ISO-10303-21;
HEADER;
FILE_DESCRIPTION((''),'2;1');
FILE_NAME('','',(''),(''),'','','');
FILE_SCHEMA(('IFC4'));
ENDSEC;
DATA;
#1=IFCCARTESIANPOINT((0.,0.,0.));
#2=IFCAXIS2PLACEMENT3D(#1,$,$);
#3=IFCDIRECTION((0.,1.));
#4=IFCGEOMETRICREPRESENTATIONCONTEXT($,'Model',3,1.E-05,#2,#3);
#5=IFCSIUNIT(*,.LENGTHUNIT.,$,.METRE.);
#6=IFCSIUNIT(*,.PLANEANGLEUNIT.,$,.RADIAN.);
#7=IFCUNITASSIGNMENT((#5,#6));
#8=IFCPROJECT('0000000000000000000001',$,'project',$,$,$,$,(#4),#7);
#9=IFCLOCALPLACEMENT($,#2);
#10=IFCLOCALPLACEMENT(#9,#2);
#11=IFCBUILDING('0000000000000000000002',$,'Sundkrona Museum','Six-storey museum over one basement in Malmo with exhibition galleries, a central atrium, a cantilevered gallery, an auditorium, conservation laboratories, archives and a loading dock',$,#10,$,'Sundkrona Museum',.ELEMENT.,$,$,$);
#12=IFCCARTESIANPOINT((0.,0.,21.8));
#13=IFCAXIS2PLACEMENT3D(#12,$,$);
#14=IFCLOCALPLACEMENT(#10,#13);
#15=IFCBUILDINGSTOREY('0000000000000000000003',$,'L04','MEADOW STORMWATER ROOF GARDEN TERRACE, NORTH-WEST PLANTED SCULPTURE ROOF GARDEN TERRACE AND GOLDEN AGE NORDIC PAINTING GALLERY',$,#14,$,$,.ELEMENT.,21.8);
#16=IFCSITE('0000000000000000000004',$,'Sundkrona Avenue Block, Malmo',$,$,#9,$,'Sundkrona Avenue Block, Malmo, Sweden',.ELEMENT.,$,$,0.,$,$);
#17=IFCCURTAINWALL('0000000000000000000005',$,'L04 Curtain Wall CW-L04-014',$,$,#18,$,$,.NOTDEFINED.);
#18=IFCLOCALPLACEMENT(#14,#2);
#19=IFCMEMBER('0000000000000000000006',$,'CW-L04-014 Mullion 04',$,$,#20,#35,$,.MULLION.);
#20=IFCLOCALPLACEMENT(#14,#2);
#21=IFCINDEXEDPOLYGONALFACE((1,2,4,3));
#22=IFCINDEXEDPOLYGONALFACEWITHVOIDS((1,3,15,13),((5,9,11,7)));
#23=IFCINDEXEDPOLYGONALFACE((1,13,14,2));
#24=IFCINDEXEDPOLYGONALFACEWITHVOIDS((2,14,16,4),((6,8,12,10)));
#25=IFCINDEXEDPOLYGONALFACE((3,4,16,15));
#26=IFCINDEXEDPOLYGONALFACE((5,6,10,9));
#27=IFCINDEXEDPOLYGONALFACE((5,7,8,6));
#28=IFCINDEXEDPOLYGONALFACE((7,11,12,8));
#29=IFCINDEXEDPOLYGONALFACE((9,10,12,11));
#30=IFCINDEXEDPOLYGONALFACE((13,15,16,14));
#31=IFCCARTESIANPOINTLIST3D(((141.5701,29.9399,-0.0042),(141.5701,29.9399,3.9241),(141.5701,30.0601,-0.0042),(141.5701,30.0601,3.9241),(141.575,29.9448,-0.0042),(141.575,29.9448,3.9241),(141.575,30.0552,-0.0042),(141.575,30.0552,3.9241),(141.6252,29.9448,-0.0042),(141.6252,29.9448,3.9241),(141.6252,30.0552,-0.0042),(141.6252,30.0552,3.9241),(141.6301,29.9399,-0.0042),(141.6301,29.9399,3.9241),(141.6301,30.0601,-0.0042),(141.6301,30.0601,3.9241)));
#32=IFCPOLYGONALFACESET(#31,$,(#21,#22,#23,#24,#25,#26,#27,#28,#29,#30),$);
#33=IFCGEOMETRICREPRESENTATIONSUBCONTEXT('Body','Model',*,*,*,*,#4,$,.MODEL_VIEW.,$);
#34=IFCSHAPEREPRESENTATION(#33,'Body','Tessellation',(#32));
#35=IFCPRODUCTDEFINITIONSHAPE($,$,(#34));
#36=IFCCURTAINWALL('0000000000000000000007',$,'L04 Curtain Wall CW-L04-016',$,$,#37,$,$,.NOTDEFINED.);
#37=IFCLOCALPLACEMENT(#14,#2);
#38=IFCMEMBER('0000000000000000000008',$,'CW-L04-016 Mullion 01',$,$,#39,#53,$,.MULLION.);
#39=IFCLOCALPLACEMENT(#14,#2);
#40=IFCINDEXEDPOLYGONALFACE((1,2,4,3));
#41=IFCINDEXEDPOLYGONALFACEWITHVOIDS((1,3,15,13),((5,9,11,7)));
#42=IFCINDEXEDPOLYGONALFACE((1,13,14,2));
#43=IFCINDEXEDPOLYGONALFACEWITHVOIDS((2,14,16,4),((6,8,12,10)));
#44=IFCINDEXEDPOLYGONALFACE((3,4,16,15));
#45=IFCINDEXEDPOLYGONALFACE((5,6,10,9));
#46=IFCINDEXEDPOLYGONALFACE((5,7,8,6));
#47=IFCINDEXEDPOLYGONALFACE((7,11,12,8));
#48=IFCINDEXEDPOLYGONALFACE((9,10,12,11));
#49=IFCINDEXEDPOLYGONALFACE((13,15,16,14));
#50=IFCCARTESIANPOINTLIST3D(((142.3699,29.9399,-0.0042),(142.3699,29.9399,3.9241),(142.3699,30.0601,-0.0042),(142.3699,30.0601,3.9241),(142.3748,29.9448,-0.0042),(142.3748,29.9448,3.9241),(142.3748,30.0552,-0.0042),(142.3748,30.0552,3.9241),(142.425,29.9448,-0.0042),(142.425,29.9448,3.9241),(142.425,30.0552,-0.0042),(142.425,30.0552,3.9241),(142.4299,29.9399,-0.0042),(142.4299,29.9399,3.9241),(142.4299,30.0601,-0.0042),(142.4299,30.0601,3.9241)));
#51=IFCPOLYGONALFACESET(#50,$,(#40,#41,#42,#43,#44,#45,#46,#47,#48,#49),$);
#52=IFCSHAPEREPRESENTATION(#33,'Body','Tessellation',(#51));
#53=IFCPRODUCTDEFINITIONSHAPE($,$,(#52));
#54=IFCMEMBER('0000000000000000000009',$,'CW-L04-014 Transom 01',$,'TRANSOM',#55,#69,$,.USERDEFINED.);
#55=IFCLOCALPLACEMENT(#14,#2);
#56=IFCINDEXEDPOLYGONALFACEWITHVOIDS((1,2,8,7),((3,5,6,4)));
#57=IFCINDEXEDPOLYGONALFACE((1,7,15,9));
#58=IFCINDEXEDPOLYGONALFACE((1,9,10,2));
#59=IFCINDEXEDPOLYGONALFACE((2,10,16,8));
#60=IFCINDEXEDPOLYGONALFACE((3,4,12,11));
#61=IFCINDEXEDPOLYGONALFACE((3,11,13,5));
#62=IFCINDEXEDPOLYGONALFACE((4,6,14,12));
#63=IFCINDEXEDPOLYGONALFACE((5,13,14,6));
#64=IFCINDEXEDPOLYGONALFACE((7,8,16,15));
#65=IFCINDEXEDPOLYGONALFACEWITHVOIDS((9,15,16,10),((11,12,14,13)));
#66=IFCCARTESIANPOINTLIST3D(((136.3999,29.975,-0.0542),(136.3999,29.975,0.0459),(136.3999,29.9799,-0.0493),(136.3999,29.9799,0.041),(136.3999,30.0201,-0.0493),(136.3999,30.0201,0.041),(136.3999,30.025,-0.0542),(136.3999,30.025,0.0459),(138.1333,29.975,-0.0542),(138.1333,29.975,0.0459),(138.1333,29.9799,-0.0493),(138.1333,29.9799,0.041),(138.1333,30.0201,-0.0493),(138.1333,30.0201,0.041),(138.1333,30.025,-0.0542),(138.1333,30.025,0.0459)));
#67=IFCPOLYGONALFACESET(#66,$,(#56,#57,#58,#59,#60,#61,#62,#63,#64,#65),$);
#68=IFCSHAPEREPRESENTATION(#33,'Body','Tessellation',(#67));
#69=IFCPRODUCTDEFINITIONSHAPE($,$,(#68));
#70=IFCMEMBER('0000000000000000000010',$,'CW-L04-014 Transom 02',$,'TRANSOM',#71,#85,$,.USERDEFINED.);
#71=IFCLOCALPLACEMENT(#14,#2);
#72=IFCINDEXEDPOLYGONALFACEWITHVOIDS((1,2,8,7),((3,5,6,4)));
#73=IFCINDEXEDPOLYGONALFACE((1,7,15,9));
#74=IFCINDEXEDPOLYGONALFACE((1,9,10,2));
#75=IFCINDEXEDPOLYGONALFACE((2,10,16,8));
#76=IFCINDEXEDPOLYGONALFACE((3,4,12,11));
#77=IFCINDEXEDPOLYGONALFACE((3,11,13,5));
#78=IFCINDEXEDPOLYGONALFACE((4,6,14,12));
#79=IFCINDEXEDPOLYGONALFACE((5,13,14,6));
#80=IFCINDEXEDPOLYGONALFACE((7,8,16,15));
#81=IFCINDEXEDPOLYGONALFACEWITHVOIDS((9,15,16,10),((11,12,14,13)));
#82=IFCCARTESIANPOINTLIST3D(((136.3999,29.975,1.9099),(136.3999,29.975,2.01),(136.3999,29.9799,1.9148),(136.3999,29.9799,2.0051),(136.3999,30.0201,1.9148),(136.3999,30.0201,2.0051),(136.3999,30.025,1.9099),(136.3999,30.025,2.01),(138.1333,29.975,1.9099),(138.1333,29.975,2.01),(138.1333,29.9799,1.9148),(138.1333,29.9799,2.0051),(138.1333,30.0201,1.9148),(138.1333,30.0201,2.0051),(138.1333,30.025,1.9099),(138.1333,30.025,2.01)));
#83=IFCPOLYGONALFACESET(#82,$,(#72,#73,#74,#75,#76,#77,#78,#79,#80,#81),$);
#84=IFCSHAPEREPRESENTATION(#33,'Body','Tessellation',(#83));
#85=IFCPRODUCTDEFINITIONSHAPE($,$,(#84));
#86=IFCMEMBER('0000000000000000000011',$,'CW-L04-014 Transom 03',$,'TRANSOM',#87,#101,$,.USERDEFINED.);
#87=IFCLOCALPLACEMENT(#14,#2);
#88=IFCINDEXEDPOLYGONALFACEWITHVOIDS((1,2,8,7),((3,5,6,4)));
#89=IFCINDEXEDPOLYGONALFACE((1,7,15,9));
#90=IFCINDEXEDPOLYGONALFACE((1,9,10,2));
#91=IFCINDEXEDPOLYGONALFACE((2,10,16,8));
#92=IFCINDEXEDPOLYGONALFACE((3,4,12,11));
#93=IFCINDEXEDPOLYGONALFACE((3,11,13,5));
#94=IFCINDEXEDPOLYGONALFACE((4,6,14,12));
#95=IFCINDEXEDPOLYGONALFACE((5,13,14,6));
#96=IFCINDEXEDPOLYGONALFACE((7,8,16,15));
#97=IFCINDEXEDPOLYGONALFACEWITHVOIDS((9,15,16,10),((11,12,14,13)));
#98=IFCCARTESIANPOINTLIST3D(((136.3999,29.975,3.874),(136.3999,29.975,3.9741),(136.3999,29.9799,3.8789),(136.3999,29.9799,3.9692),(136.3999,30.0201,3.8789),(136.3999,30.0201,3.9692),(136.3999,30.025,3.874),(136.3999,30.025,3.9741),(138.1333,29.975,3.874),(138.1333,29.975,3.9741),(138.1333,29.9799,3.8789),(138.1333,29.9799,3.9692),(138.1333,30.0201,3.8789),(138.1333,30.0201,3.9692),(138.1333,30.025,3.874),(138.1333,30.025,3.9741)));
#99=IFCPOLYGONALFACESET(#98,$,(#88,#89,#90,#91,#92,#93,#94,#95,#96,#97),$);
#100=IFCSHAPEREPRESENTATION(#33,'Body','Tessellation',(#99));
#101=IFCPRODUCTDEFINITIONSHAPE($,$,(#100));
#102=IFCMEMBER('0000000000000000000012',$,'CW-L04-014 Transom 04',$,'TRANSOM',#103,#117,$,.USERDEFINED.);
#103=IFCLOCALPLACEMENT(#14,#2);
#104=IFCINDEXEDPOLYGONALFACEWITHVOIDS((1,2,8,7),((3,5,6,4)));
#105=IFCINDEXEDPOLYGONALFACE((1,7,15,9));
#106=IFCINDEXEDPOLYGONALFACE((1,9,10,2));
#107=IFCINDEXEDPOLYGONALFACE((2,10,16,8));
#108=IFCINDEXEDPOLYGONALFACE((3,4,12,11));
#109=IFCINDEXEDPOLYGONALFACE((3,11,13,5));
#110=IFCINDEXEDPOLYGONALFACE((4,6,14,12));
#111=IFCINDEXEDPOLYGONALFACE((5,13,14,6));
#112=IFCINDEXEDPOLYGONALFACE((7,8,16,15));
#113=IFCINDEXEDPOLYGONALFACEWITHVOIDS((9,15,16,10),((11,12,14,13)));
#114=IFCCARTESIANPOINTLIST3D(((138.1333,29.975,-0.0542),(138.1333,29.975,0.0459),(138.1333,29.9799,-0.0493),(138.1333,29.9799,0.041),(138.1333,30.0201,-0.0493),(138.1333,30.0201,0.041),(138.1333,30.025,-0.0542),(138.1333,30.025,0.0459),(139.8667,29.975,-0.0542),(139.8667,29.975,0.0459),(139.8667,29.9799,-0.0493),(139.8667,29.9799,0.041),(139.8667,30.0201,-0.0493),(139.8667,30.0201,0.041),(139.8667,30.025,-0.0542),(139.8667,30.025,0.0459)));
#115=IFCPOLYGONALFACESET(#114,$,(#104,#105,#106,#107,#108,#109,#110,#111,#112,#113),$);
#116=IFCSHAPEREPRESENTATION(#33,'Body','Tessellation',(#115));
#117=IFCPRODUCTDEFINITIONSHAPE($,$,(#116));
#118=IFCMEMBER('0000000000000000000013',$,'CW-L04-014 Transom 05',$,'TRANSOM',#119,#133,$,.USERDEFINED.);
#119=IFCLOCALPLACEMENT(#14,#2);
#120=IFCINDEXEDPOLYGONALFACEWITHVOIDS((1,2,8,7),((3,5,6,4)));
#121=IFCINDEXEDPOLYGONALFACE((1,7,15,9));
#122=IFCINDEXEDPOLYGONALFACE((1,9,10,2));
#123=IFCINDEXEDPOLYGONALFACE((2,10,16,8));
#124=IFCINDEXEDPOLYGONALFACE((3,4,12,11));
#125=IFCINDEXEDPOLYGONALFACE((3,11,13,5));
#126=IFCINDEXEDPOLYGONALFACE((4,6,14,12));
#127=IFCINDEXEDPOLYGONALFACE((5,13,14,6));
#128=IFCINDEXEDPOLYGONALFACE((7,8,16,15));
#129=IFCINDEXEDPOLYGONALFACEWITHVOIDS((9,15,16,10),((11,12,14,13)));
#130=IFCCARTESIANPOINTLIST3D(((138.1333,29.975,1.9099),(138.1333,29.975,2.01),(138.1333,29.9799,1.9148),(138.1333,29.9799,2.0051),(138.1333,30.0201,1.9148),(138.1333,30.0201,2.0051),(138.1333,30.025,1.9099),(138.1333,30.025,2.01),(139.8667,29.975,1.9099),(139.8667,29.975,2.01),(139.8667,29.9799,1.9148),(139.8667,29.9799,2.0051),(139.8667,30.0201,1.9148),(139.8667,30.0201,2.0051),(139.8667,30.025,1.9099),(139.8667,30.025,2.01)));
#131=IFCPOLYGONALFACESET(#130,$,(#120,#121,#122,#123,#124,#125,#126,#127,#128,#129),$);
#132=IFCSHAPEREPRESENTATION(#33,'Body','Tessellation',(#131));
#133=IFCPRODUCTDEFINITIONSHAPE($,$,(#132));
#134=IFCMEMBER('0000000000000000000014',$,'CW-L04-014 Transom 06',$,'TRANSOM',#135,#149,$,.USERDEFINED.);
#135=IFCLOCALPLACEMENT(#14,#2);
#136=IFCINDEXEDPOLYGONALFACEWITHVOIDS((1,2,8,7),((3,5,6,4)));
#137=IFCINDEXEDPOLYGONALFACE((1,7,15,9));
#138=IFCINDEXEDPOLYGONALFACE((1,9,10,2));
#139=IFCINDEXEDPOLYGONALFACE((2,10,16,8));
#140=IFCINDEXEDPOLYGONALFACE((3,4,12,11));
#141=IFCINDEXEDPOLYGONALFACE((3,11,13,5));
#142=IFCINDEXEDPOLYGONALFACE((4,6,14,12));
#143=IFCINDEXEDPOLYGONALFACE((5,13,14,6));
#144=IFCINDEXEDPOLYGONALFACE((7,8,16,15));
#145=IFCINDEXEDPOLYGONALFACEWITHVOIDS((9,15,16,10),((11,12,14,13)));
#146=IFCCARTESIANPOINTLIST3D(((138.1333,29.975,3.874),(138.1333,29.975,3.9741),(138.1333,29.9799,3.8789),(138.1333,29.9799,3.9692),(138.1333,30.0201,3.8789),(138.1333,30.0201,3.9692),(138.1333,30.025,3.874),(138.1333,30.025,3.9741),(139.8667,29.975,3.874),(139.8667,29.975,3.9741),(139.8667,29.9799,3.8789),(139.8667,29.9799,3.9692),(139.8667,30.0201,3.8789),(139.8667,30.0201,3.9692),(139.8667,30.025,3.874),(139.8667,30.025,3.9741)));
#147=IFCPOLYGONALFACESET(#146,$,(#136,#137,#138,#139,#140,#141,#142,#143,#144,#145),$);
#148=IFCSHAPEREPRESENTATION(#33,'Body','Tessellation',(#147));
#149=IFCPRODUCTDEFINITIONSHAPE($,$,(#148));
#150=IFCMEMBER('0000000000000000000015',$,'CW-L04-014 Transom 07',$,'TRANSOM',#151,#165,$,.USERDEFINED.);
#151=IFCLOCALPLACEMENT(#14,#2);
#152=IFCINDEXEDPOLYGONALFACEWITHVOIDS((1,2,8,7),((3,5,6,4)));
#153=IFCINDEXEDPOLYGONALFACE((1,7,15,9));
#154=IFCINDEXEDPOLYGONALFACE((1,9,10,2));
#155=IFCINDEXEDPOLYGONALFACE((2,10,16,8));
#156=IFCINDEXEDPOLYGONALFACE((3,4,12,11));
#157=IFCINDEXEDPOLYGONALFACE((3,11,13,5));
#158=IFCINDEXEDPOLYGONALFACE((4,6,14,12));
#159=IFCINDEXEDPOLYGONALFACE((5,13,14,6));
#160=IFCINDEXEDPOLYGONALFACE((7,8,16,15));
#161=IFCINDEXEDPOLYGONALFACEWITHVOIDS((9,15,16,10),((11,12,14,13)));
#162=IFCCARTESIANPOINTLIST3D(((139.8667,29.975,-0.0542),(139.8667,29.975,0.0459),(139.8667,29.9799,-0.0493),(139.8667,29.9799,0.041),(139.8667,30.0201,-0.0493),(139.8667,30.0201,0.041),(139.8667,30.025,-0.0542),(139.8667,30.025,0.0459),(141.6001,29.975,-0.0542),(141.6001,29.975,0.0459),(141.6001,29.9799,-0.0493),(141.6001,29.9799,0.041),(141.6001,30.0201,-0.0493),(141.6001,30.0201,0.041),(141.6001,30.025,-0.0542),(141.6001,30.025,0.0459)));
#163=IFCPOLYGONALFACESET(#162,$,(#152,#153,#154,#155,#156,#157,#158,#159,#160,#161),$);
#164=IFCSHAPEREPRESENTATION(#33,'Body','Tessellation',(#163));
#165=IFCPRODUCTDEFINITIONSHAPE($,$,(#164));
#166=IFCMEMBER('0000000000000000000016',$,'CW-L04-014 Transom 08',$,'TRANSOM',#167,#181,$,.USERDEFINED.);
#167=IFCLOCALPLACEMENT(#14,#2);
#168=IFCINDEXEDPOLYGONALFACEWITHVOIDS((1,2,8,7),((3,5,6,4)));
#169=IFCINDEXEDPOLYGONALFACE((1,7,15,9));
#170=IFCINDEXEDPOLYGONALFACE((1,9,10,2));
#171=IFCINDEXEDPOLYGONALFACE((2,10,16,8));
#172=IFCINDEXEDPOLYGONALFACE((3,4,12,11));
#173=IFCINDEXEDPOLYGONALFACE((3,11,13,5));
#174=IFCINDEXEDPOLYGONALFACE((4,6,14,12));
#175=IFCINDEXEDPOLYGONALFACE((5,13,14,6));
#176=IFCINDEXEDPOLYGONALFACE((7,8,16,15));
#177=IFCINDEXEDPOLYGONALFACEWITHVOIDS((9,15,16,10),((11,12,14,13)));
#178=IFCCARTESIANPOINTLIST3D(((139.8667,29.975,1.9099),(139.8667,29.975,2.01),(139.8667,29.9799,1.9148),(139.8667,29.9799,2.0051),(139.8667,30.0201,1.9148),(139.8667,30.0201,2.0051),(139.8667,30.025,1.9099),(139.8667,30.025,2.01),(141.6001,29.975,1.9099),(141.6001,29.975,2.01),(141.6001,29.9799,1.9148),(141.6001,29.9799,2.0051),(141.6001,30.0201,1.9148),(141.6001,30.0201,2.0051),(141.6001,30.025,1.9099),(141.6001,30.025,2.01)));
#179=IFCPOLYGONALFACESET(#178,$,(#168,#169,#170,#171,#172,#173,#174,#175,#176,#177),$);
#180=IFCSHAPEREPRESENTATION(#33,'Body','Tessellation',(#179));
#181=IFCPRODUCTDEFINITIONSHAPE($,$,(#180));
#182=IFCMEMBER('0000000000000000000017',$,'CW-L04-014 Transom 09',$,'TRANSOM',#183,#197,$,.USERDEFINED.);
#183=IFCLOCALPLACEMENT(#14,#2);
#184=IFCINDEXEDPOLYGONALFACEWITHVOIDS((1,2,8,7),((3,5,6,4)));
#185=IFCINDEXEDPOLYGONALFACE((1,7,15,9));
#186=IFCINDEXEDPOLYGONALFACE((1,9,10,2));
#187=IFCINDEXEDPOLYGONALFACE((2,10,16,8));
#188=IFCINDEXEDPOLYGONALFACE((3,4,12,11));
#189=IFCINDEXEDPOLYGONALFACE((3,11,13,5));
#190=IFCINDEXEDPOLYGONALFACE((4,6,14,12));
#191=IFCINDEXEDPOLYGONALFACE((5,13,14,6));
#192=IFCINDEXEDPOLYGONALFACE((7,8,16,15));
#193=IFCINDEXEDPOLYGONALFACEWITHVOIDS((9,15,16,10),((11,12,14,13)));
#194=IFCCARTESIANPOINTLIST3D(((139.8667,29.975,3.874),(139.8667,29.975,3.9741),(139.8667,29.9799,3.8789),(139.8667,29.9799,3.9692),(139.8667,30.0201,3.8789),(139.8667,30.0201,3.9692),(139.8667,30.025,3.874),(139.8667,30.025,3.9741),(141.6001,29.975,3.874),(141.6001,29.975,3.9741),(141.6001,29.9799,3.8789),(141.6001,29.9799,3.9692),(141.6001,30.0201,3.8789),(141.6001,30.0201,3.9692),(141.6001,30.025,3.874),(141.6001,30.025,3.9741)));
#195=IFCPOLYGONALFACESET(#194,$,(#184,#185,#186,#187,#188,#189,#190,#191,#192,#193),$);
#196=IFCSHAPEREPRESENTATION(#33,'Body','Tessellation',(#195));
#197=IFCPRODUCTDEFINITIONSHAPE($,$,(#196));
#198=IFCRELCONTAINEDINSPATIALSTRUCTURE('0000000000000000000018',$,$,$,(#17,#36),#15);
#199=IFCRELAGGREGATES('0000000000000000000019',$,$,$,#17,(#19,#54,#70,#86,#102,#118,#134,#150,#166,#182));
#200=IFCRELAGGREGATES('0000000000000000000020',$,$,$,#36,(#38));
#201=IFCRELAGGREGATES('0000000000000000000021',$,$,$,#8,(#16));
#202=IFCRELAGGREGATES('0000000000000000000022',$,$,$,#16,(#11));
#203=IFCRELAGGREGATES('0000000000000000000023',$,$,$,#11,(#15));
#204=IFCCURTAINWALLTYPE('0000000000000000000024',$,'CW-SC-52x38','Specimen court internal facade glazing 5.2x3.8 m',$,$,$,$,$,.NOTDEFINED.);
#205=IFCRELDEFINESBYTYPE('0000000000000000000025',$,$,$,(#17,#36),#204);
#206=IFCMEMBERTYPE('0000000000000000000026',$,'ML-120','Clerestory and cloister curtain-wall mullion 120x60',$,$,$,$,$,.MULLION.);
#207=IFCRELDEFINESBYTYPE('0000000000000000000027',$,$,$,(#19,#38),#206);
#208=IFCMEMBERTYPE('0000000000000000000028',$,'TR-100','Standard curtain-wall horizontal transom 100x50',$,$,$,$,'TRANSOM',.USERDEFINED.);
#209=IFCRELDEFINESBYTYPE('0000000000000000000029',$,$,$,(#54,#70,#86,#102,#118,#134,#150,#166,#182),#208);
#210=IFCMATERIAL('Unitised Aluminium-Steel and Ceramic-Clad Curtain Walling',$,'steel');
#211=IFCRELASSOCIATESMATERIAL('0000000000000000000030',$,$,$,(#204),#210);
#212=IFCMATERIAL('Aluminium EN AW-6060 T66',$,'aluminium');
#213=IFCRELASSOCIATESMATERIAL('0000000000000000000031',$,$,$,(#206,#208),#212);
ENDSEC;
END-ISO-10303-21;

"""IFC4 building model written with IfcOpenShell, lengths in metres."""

from ifc_helpers import new_model, si_unit, direction, frame, origin, origin_2d, place, context, subcontext, project, spatial, hollow_rectangle, extrude, material, material_profile, profile_set, type_object, element, aggregate, save


model = new_model("IFC4")

# Units and contexts
model_context = context("Model", 3, precision=1e-05, world=origin(), true_north=direction((0.0, 1.0)))
body_context = subcontext(model_context, "Body", "Model", "MODEL_VIEW")
ifc_project = project(units=[si_unit("LENGTHUNIT", "METRE"), si_unit("PLANEANGLEUNIT", "RADIAN")], contexts=[model_context])

# Site, building, storey
site_placement = place(None, origin())
site = spatial("IfcSite", under=ifc_project, at=site_placement, Name="Sundkrona Avenue Block, Malmo", LongName="Sundkrona Avenue Block, Malmo, Sweden", CompositionType="ELEMENT", RefElevation=0.0)
building_placement = place(site_placement, origin())
building = spatial("IfcBuilding", under=site, at=building_placement, Name="Sundkrona Museum", Description="Six-storey museum over one basement in Malmo with exhibition galleries, a central atrium, a cantilevered gallery, an auditorium, conservation laboratories, archives and a loading dock", LongName="Sundkrona Museum", CompositionType="ELEMENT")
storey_placement = place(building_placement, frame((0.0, 0.0, 21.8)))
storey = spatial("IfcBuildingStorey", under=building, at=storey_placement, Name="L04", Description="MEADOW STORMWATER ROOF GARDEN TERRACE, NORTH-WEST PLANTED SCULPTURE ROOF GARDEN TERRACE AND GOLDEN AGE NORDIC PAINTING GALLERY", CompositionType="ELEMENT", Elevation=21.8)

# Curtain wall, member
ifc_material_1 = material(Name="Unitised Aluminium-Steel and Ceramic-Clad Curtain Walling", Category="steel")
curtain_wall_type = type_object("IfcCurtainWallType", Name="CW-SC-52x38", Description="Specimen court internal facade glazing 5.2x3.8 m", PredefinedType="NOTDEFINED", material=ifc_material_1)
curtain_wall_1_placement = place(storey_placement, origin())
curtain_wall_1 = element("IfcCurtainWall", 1, at=curtain_wall_1_placement, inside=storey, type_object=curtain_wall_type, Name="L04 Curtain Wall CW-L04-014", PredefinedType="NOTDEFINED")
ifc_material_2 = material(Name="Aluminium EN AW-6060 T66", Category="aluminium")
ifc_material_profile_1 = material_profile(ifc_material_2, hollow_rectangle(XDim=0.0601, YDim=0.1201, WallThickness=0.0049, at=origin_2d()), Name="RHS 120x60x5.0")
ifc_profile_set_1 = profile_set([ifc_material_profile_1], Name="Aluminium EN AW-6060 T66")
member_type_1 = type_object("IfcMemberType", Name="ML-120", Description="Clerestory and cloister curtain-wall mullion 120x60", PredefinedType="MULLION", material=ifc_profile_set_1)
member_1_placement = place(storey_placement, frame((141.6001, 30.0, -0.0042), z_axis=(0.0, 0.0, 1.0), x_axis=(1.0, 0.0, 0.0)))
member_1 = element("IfcMember", 2, at=member_1_placement, type_object=member_type_1, Name="CW-L04-014 Mullion 04", PredefinedType="MULLION", context=body_context, shape_type="SweptSolid", body=[
    extrude(hollow_rectangle(XDim=0.0601, YDim=0.1201, WallThickness=0.0049, at=origin_2d()), origin(), (0.0, 0.0, 1.0), 3.9282),
])

# Curtain wall, member
curtain_wall_2_placement = place(storey_placement, origin())
curtain_wall_2 = element("IfcCurtainWall", 3, at=curtain_wall_2_placement, inside=storey, type_object=curtain_wall_type, Name="L04 Curtain Wall CW-L04-016", PredefinedType="NOTDEFINED")
member_2_placement = place(storey_placement, frame((142.3999, 30.0, -0.0042), z_axis=(0.0, 0.0, 1.0), x_axis=(1.0, 0.0, 0.0)))
member_2 = element("IfcMember", 4, at=member_2_placement, type_object=member_type_1, Name="CW-L04-016 Mullion 01", PredefinedType="MULLION", context=body_context, shape_type="SweptSolid", body=[
    extrude(hollow_rectangle(XDim=0.0601, YDim=0.1201, WallThickness=0.0049, at=origin_2d()), origin(), (0.0, 0.0, 1.0), 3.9282),
])

# Members
ifc_material_profile_2 = material_profile(ifc_material_2, hollow_rectangle(XDim=0.05, YDim=0.1001, WallThickness=0.0049, at=origin_2d()), Name="RHS 100x50x5.0")
ifc_profile_set_2 = profile_set([ifc_material_profile_2], Name="Aluminium EN AW-6060 T66")
member_type_2 = type_object("IfcMemberType", Name="TR-100", Description="Standard curtain-wall horizontal transom 100x50", ElementType="TRANSOM", PredefinedType="USERDEFINED", material=ifc_profile_set_2)
member_3_placement = place(storey_placement, frame((136.3999, 30.0, -0.0042), z_axis=(1.0, 0.0, 0.0), x_axis=(0.0, 1.0, 0.0)))
member_3 = element("IfcMember", 5, at=member_3_placement, type_object=member_type_2, Name="CW-L04-014 Transom 01", ObjectType="TRANSOM", PredefinedType="USERDEFINED", context=body_context, shape_type="SweptSolid", body=[
    extrude(hollow_rectangle(XDim=0.05, YDim=0.1001, WallThickness=0.0049, at=origin_2d()), origin(), (0.0, 0.0, 1.0), 1.7334),
])
member_4_placement = place(storey_placement, frame((136.3999, 30.0, 1.96), z_axis=(1.0, 0.0, 0.0), x_axis=(0.0, 1.0, 0.0)))
member_4 = element("IfcMember", 6, at=member_4_placement, type_object=member_type_2, Name="CW-L04-014 Transom 02", ObjectType="TRANSOM", PredefinedType="USERDEFINED", context=body_context, shape_type="SweptSolid", body=[
    extrude(hollow_rectangle(XDim=0.05, YDim=0.1001, WallThickness=0.0049, at=origin_2d()), origin(), (0.0, 0.0, 1.0), 1.7334),
])
member_5_placement = place(storey_placement, frame((136.3999, 30.0, 3.9241), z_axis=(1.0, 0.0, 0.0), x_axis=(0.0, 1.0, 0.0)))
member_5 = element("IfcMember", 7, at=member_5_placement, type_object=member_type_2, Name="CW-L04-014 Transom 03", ObjectType="TRANSOM", PredefinedType="USERDEFINED", context=body_context, shape_type="SweptSolid", body=[
    extrude(hollow_rectangle(XDim=0.05, YDim=0.1001, WallThickness=0.0049, at=origin_2d()), origin(), (0.0, 0.0, 1.0), 1.7334),
])
member_6_placement = place(storey_placement, frame((138.1333, 30.0, -0.0042), z_axis=(1.0, 0.0, 0.0), x_axis=(0.0, 1.0, 0.0)))
member_6 = element("IfcMember", 8, at=member_6_placement, type_object=member_type_2, Name="CW-L04-014 Transom 04", ObjectType="TRANSOM", PredefinedType="USERDEFINED", context=body_context, shape_type="SweptSolid", body=[
    extrude(hollow_rectangle(XDim=0.05, YDim=0.1001, WallThickness=0.0049, at=origin_2d()), origin(), (0.0, 0.0, 1.0), 1.7334),
])
member_7_placement = place(storey_placement, frame((138.1333, 30.0, 1.96), z_axis=(1.0, 0.0, 0.0), x_axis=(0.0, 1.0, 0.0)))
member_7 = element("IfcMember", 9, at=member_7_placement, type_object=member_type_2, Name="CW-L04-014 Transom 05", ObjectType="TRANSOM", PredefinedType="USERDEFINED", context=body_context, shape_type="SweptSolid", body=[
    extrude(hollow_rectangle(XDim=0.05, YDim=0.1001, WallThickness=0.0049, at=origin_2d()), origin(), (0.0, 0.0, 1.0), 1.7334),
])
member_8_placement = place(storey_placement, frame((138.1333, 30.0, 3.9241), z_axis=(1.0, 0.0, 0.0), x_axis=(0.0, 1.0, 0.0)))
member_8 = element("IfcMember", 10, at=member_8_placement, type_object=member_type_2, Name="CW-L04-014 Transom 06", ObjectType="TRANSOM", PredefinedType="USERDEFINED", context=body_context, shape_type="SweptSolid", body=[
    extrude(hollow_rectangle(XDim=0.05, YDim=0.1001, WallThickness=0.0049, at=origin_2d()), origin(), (0.0, 0.0, 1.0), 1.7334),
])
member_9_placement = place(storey_placement, frame((139.8667, 30.0, -0.0042), z_axis=(1.0, 0.0, 0.0), x_axis=(0.0, 1.0, 0.0)))
member_9 = element("IfcMember", 11, at=member_9_placement, type_object=member_type_2, Name="CW-L04-014 Transom 07", ObjectType="TRANSOM", PredefinedType="USERDEFINED", context=body_context, shape_type="SweptSolid", body=[
    extrude(hollow_rectangle(XDim=0.05, YDim=0.1001, WallThickness=0.0049, at=origin_2d()), origin(), (0.0, 0.0, 1.0), 1.7334),
])
member_10_placement = place(storey_placement, frame((139.8667, 30.0, 1.96), z_axis=(1.0, 0.0, 0.0), x_axis=(0.0, 1.0, 0.0)))
member_10 = element("IfcMember", 12, at=member_10_placement, type_object=member_type_2, Name="CW-L04-014 Transom 08", ObjectType="TRANSOM", PredefinedType="USERDEFINED", context=body_context, shape_type="SweptSolid", body=[
    extrude(hollow_rectangle(XDim=0.05, YDim=0.1001, WallThickness=0.0049, at=origin_2d()), origin(), (0.0, 0.0, 1.0), 1.7334),
])
member_11_placement = place(storey_placement, frame((139.8667, 30.0, 3.9241), z_axis=(1.0, 0.0, 0.0), x_axis=(0.0, 1.0, 0.0)))
member_11 = element("IfcMember", 13, at=member_11_placement, type_object=member_type_2, Name="CW-L04-014 Transom 09", ObjectType="TRANSOM", PredefinedType="USERDEFINED", context=body_context, shape_type="SweptSolid", body=[
    extrude(hollow_rectangle(XDim=0.05, YDim=0.1001, WallThickness=0.0049, at=origin_2d()), origin(), (0.0, 0.0, 1.0), 1.7334),
])

aggregate(curtain_wall_1, [member_1, member_3, member_4, member_5, member_6, member_7, member_8, member_9, member_10, member_11])
aggregate(curtain_wall_2, [member_2])

save(model, "model.ifc")
